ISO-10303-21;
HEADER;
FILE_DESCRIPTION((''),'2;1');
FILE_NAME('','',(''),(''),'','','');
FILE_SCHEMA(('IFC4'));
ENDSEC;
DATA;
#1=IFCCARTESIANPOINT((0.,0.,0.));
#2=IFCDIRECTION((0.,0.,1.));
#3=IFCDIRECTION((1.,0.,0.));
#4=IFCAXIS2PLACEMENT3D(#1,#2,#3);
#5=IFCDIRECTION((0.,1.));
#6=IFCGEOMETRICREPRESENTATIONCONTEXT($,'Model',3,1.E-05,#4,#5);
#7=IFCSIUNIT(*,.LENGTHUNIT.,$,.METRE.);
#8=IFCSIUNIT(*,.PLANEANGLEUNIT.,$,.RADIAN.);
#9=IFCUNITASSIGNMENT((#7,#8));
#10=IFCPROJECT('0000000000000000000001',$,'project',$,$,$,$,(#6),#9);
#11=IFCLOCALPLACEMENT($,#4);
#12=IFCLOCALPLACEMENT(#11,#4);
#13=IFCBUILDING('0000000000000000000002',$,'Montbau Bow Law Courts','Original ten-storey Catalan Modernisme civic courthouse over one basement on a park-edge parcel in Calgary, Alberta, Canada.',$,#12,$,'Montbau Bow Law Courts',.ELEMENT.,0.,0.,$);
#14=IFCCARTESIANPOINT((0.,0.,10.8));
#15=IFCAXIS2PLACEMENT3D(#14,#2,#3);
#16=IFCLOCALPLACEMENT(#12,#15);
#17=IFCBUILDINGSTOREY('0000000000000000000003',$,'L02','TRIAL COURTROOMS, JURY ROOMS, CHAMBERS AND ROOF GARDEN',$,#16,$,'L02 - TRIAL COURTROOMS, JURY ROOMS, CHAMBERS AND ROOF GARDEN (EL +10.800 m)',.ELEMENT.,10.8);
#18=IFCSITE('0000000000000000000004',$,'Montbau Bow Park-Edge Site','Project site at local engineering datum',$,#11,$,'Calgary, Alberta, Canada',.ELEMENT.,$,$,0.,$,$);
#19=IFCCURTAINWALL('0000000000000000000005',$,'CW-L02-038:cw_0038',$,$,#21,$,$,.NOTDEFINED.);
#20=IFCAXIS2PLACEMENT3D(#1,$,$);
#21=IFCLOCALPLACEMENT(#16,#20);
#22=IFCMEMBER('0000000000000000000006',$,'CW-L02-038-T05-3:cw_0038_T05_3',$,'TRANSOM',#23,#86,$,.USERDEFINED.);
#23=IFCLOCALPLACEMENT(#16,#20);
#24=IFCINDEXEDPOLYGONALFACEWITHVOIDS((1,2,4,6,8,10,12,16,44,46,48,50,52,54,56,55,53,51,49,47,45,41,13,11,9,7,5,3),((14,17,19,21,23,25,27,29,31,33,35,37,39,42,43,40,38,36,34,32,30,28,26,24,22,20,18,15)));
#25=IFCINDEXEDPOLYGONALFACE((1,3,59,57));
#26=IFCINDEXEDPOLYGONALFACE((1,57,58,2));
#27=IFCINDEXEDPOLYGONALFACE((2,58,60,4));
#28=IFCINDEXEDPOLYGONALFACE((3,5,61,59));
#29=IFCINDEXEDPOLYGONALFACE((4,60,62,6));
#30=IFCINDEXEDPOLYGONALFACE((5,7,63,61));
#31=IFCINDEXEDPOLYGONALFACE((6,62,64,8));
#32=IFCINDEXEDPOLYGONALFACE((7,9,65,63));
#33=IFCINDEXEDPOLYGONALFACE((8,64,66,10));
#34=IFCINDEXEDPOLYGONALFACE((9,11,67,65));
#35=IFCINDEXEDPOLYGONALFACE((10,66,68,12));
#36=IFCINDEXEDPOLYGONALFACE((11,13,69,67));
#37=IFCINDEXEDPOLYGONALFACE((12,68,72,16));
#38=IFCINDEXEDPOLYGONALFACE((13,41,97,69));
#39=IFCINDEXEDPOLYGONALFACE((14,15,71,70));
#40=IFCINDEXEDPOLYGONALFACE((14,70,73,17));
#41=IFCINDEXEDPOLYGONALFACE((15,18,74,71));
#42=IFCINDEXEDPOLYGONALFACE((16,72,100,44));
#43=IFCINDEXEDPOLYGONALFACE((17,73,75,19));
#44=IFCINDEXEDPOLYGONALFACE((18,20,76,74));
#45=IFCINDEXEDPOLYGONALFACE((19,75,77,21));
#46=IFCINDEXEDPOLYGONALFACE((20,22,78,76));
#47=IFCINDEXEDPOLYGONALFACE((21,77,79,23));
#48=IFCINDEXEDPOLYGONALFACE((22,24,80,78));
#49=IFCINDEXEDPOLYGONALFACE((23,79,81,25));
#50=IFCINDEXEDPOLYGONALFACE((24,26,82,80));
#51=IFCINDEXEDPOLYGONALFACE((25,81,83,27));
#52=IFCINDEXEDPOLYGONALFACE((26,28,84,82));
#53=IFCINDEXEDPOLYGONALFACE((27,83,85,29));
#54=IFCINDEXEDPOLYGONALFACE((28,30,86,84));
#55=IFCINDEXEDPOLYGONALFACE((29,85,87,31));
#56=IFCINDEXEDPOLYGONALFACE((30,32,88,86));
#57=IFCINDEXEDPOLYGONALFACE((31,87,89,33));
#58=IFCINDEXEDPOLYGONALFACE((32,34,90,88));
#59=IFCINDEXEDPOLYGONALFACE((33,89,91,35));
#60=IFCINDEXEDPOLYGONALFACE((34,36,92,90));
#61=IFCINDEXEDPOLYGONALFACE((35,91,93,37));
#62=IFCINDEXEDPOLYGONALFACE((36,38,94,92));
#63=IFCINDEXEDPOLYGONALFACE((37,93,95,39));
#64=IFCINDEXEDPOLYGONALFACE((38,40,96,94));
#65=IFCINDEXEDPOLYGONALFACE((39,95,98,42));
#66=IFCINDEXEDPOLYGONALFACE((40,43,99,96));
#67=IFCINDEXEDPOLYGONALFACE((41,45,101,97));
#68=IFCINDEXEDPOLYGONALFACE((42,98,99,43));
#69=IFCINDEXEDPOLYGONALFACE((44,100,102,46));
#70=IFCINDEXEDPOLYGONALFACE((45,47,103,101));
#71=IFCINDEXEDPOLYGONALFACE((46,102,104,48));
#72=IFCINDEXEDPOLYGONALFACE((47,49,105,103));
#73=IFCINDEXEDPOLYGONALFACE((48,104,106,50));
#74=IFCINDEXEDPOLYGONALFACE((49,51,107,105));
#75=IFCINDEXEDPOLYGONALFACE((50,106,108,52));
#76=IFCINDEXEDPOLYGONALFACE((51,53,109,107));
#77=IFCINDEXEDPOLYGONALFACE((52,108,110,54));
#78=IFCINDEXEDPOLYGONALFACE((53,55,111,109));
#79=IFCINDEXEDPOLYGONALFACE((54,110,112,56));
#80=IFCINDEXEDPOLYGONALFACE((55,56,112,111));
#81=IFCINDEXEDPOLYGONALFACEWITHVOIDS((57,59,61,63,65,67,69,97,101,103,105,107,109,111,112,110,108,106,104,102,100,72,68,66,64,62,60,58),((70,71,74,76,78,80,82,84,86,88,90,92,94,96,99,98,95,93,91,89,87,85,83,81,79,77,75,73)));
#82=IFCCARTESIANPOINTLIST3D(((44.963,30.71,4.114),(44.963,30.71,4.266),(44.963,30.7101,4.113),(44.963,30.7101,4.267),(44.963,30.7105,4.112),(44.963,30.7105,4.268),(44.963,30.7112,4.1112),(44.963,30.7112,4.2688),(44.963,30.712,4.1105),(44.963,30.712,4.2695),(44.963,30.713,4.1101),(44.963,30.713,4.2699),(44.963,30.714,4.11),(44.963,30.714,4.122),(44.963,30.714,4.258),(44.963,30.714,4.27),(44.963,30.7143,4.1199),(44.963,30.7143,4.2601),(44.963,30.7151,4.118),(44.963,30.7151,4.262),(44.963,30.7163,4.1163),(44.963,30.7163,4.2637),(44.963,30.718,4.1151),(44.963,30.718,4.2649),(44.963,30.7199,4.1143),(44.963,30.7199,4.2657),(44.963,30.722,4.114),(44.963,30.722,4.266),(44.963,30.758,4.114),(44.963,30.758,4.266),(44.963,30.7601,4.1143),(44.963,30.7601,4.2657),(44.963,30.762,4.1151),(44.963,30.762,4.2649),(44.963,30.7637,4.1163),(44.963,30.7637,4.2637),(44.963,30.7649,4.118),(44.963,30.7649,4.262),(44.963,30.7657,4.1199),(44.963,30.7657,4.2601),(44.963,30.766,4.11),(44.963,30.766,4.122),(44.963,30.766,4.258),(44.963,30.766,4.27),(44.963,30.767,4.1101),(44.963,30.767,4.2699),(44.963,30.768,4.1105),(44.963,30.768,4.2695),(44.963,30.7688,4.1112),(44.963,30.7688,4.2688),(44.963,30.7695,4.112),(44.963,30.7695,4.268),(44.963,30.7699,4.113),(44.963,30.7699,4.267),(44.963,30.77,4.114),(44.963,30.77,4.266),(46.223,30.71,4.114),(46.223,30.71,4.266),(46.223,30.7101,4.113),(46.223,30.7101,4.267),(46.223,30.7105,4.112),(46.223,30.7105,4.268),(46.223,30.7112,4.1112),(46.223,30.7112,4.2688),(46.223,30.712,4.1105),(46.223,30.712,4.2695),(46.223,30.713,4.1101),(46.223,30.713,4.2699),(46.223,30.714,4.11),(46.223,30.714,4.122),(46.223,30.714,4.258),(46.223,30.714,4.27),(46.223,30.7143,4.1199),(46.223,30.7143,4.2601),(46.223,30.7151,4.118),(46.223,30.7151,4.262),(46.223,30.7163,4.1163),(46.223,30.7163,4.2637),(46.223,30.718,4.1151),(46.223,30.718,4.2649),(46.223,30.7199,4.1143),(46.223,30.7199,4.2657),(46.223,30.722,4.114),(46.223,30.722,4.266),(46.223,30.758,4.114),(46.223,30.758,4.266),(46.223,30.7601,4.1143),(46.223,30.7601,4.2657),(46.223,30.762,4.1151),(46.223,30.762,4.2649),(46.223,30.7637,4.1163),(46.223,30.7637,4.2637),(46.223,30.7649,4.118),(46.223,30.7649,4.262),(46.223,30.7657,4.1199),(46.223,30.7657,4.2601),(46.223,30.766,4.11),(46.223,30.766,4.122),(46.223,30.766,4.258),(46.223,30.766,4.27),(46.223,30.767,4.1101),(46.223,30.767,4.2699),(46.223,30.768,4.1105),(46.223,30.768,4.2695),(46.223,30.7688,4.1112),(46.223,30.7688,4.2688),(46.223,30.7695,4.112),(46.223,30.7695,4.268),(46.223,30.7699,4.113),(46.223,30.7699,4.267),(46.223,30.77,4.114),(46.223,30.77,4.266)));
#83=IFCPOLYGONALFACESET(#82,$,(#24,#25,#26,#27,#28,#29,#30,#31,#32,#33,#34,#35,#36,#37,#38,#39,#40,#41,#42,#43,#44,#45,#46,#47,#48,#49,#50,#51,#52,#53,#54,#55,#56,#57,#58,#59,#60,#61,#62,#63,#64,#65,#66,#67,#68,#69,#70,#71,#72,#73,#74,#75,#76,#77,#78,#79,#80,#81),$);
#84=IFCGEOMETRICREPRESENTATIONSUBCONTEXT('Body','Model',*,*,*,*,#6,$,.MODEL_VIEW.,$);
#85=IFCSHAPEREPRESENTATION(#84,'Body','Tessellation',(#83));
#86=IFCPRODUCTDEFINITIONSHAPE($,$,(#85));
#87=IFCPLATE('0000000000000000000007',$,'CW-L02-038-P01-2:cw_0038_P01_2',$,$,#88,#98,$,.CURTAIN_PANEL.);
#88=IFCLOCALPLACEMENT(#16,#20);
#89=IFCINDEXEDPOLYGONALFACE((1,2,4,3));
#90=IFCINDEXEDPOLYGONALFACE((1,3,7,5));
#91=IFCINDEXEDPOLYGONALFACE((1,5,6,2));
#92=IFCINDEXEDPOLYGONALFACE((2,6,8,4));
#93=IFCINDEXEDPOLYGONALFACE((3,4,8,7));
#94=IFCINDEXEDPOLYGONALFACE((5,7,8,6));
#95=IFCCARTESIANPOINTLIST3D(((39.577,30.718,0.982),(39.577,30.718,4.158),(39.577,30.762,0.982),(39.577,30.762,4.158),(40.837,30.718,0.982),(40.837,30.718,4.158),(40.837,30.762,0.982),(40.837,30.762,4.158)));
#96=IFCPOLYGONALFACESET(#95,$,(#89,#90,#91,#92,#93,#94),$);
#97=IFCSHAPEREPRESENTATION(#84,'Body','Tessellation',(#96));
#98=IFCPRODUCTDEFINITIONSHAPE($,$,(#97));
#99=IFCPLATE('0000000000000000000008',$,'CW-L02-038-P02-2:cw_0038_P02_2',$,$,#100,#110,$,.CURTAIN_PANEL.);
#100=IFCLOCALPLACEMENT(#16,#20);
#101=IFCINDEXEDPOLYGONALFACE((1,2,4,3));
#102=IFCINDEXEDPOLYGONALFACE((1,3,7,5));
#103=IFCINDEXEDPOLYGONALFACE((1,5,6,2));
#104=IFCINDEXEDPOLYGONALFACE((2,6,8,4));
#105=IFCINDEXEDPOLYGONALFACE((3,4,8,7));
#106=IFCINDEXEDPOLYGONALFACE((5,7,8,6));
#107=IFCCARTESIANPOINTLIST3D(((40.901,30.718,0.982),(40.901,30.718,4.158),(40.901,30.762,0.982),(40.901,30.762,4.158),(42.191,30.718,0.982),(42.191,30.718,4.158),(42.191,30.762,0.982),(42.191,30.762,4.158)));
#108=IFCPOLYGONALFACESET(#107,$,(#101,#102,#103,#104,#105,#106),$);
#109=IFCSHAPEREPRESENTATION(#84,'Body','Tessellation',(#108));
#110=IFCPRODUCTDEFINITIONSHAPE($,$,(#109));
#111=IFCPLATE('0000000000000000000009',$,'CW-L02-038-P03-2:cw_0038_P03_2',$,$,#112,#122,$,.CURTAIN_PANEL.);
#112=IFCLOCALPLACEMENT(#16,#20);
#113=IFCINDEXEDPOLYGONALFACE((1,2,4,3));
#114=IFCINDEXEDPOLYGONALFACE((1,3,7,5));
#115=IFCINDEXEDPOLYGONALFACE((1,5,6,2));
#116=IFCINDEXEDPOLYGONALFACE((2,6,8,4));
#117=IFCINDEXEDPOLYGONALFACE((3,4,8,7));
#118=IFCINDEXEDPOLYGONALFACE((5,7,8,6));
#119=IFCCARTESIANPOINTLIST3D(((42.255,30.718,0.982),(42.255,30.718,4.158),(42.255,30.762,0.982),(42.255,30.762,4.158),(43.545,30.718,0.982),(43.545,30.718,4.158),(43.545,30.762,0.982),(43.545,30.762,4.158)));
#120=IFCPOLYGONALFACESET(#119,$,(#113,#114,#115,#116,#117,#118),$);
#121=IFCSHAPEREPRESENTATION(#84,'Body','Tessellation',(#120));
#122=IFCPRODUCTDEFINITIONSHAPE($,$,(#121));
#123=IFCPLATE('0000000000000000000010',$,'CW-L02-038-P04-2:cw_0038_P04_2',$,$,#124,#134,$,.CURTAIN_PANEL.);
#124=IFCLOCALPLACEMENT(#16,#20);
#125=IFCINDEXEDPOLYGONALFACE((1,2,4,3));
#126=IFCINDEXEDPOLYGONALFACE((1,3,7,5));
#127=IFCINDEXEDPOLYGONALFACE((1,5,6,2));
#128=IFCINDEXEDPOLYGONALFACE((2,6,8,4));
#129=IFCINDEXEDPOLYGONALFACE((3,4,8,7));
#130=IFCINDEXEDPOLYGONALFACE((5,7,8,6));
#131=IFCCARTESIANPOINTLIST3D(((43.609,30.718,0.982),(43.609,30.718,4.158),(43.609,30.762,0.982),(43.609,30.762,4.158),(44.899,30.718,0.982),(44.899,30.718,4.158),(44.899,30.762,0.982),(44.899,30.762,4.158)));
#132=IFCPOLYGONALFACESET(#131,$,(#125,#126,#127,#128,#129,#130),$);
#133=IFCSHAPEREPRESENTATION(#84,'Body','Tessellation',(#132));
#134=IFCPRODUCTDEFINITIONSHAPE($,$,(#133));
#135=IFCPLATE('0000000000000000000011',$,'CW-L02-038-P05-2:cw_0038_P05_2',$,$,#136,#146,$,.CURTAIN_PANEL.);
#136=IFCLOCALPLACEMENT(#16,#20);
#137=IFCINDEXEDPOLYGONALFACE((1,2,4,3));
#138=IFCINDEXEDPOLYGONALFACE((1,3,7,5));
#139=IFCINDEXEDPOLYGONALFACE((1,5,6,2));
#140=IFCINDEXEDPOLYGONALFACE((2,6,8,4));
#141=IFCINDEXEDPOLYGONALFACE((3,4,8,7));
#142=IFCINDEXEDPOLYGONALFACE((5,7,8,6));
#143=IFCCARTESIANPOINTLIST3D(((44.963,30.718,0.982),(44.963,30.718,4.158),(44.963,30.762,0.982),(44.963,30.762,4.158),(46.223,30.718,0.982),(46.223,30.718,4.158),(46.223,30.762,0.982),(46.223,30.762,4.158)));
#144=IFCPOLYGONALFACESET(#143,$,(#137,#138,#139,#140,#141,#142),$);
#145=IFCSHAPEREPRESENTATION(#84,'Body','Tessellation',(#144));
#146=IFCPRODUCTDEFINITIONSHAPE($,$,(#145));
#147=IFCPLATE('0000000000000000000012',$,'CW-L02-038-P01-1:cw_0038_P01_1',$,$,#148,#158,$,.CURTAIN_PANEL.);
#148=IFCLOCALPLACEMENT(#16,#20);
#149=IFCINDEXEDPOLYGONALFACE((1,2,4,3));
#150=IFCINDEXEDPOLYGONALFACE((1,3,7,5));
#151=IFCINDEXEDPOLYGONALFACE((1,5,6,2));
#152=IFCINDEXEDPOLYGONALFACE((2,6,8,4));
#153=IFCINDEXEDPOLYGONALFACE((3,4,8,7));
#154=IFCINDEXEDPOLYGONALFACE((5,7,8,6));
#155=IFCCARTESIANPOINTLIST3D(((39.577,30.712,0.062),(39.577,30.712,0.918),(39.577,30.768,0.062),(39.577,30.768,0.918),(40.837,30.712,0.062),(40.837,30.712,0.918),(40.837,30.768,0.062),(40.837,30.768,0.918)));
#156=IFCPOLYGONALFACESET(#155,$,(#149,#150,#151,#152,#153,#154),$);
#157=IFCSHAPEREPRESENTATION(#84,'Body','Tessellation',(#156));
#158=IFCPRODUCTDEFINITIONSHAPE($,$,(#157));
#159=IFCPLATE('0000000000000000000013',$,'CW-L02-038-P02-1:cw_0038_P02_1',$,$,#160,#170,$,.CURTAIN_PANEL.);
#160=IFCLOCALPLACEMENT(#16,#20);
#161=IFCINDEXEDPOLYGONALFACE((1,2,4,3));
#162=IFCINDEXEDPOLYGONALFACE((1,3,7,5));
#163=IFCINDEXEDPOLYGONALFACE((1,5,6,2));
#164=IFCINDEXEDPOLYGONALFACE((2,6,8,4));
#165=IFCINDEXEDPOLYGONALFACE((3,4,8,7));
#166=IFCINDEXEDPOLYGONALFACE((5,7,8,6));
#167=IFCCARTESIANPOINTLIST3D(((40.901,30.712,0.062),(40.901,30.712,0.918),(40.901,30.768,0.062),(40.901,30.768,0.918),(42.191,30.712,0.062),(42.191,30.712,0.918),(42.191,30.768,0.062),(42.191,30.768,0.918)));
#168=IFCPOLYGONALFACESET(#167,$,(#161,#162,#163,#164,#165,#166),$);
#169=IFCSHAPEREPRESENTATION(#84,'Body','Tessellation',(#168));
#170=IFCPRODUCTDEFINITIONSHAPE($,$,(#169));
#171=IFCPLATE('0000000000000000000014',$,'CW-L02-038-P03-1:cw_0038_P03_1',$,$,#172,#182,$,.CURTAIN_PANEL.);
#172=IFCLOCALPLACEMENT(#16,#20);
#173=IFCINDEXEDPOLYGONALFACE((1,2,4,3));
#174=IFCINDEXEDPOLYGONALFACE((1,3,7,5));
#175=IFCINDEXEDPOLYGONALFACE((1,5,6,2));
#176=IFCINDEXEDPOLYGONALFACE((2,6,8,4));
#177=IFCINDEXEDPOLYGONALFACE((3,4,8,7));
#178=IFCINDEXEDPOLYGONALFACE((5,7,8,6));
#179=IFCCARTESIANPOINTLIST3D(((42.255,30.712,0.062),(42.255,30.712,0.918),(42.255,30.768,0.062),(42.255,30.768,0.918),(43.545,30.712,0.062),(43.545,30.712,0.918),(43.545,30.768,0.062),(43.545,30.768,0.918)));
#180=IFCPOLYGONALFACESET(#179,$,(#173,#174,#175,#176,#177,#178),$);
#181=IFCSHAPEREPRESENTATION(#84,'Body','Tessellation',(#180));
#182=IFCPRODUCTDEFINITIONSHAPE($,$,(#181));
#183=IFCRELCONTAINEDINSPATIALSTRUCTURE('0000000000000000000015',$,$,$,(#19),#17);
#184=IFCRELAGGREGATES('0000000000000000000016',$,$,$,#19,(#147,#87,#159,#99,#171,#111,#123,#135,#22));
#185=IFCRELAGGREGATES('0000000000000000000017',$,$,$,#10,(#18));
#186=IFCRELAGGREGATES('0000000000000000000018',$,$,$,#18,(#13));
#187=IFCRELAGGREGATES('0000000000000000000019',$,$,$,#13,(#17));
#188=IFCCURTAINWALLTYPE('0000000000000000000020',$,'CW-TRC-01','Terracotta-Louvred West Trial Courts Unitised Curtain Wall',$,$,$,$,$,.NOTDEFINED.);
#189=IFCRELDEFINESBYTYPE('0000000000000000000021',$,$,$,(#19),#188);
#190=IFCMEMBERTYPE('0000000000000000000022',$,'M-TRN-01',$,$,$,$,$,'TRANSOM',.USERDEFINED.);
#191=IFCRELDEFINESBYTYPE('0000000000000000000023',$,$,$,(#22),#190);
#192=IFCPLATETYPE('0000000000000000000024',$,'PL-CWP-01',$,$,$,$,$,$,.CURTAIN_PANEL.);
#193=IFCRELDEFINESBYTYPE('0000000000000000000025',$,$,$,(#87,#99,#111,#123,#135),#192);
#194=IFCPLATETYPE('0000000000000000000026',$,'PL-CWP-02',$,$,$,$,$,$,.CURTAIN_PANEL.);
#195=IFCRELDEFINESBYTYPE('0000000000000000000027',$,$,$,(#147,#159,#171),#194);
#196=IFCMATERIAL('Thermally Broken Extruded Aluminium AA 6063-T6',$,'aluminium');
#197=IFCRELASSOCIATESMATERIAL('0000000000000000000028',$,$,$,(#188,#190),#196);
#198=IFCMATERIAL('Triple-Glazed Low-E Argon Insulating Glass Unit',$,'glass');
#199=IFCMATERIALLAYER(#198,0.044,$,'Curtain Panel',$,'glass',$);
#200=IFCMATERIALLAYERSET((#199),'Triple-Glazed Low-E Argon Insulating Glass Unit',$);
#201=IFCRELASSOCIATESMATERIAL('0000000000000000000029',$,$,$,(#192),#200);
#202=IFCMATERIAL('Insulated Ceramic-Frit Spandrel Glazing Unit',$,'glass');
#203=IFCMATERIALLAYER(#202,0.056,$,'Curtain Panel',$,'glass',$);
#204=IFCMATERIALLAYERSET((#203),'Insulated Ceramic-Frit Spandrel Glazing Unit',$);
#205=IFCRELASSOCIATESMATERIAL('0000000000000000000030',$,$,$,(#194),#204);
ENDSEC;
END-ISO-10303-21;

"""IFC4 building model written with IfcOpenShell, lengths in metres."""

from ifc_helpers import new_model, si_unit, direction, frame, frame_2d, origin_with_axes, origin_2d_with_axis, place, context, subcontext, project, spatial, rectangle, hollow_rectangle, extrude, material, layer, layer_set, material_profile, profile_set, type_object, element, aggregate, save


model = new_model("IFC4")

# Units and contexts
model_context = context("Model", 3, precision=1e-05, world=origin_with_axes(), true_north=direction((0.0, 1.0)))
body_context = subcontext(model_context, "Body", "Model", "MODEL_VIEW")
ifc_project = project(units=[si_unit("LENGTHUNIT", "METRE"), si_unit("PLANEANGLEUNIT", "RADIAN")], contexts=[model_context])

# Site, building, storey
site_placement = place(None, origin_with_axes())
site = spatial("IfcSite", under=ifc_project, at=site_placement, Name="Montbau Bow Park-Edge Site", Description="Project site at local engineering datum", LongName="Calgary, Alberta, Canada", CompositionType="ELEMENT", RefElevation=0.0)
building_placement = place(site_placement, origin_with_axes())
building = spatial("IfcBuilding", under=site, at=building_placement, Name="Montbau Bow Law Courts", Description="Original ten-storey Catalan Modernisme civic courthouse over one basement on a park-edge parcel in Calgary, Alberta, Canada.", LongName="Montbau Bow Law Courts", CompositionType="ELEMENT", ElevationOfRefHeight=0.0, ElevationOfTerrain=0.0)
storey_placement = place(building_placement, frame((0.0, 0.0, 10.8), z_axis=(0.0, 0.0, 1.0), x_axis=(1.0, 0.0, 0.0)))
storey = spatial("IfcBuildingStorey", under=building, at=storey_placement, Name="L02", Description="TRIAL COURTROOMS, JURY ROOMS, CHAMBERS AND ROOF GARDEN", LongName="L02 - TRIAL COURTROOMS, JURY ROOMS, CHAMBERS AND ROOF GARDEN (EL +10.800 m)", CompositionType="ELEMENT", Elevation=10.8)

# Curtain wall, member, plates
ifc_material_1 = material(Name="Thermally Broken Extruded Aluminium AA 6063-T6", Category="aluminium")
curtain_wall_type = type_object("IfcCurtainWallType", Name="CW-TRC-01", Description="Terracotta-Louvred West Trial Courts Unitised Curtain Wall", PredefinedType="NOTDEFINED", material=ifc_material_1)
curtain_wall_placement = place(None, frame((39.515, 30.74, 10.8), z_axis=(0.0, 0.0, 1.0), x_axis=(1.0, 0.0, 0.0)))
curtain_wall = element("IfcCurtainWall", 1, at=curtain_wall_placement, inside=storey, type_object=curtain_wall_type, Name="CW-L02-038:cw_0038", PredefinedType="NOTDEFINED")
ifc_material_profile_1 = material_profile(ifc_material_1, hollow_rectangle(XDim=0.06, YDim=0.16, WallThickness=0.004, InnerFilletRadius=0.008, OuterFilletRadius=0.004, at=origin_2d_with_axis()), Name="CWT-160X60", Category="Main", Priority=0)
ifc_profile_set_1 = profile_set([ifc_material_profile_1], Name="Thermally Broken Extruded Aluminium AA 6063-T6")
member_type_1 = type_object("IfcMemberType", Name="M-TRN-01", ElementType="TRANSOM", PredefinedType="USERDEFINED", material=ifc_profile_set_1)
member_1_placement = place(None, frame((44.963, 30.74, 14.99), z_axis=(1.0, 0.0, 0.0), x_axis=(0.0, 1.0, 0.0)))
member_1 = element("IfcMember", 2, at=member_1_placement, type_object=member_type_1, Name="CW-L02-038-T05-3:cw_0038_T05_3", ObjectType="TRANSOM", PredefinedType="USERDEFINED", context=body_context, shape_type="SweptSolid", body=[
    extrude(hollow_rectangle(XDim=0.06, YDim=0.16, WallThickness=0.004, InnerFilletRadius=0.008, OuterFilletRadius=0.004, at=origin_2d_with_axis()), origin_with_axes(), (0.0, 0.0, 1.0), 1.26),
])
ifc_material_2 = material(Name="Triple-Glazed Low-E Argon Insulating Glass Unit", Category="glass")
ifc_layer_1 = layer(ifc_material_2, 0.044, Name="Curtain Panel", Category="glass")
ifc_layer_set_1 = layer_set([ifc_layer_1], Name="Triple-Glazed Low-E Argon Insulating Glass Unit")
plate_type_1 = type_object("IfcPlateType", Name="PL-CWP-01", PredefinedType="CURTAIN_PANEL", material=ifc_layer_set_1)
plate_1_placement = place(None, frame((39.577, 30.74, 11.782), z_axis=(0.0, -1.0, 0.0), x_axis=(1.0, 0.0, 0.0)))
plate_1 = element("IfcPlate", 3, at=plate_1_placement, type_object=plate_type_1, Name="CW-L02-038-P01-2:cw_0038_P01_2", PredefinedType="CURTAIN_PANEL", context=body_context, shape_type="SweptSolid", body=[
    extrude(rectangle(XDim=1.26, YDim=3.176, at=frame_2d((0.63, 1.588), x_axis=(1.0, 0.0))), frame((0.0, 0.0, -0.022), z_axis=(0.0, 0.0, 1.0), x_axis=(1.0, 0.0, 0.0)), (0.0, 0.0, 1.0), 0.044),
])
plate_2_placement = place(None, frame((40.901, 30.74, 11.782), z_axis=(0.0, -1.0, 0.0), x_axis=(1.0, 0.0, 0.0)))
plate_2 = element("IfcPlate", 4, at=plate_2_placement, type_object=plate_type_1, Name="CW-L02-038-P02-2:cw_0038_P02_2", PredefinedType="CURTAIN_PANEL", context=body_context, shape_type="SweptSolid", body=[
    extrude(rectangle(XDim=1.29, YDim=3.176, at=frame_2d((0.645, 1.588), x_axis=(1.0, 0.0))), frame((0.0, 0.0, -0.022), z_axis=(0.0, 0.0, 1.0), x_axis=(1.0, 0.0, 0.0)), (0.0, 0.0, 1.0), 0.044),
])
plate_3_placement = place(None, frame((42.255, 30.74, 11.782), z_axis=(0.0, -1.0, 0.0), x_axis=(1.0, 0.0, 0.0)))
plate_3 = element("IfcPlate", 5, at=plate_3_placement, type_object=plate_type_1, Name="CW-L02-038-P03-2:cw_0038_P03_2", PredefinedType="CURTAIN_PANEL", context=body_context, shape_type="SweptSolid", body=[
    extrude(rectangle(XDim=1.29, YDim=3.176, at=frame_2d((0.645, 1.588), x_axis=(1.0, 0.0))), frame((0.0, 0.0, -0.022), z_axis=(0.0, 0.0, 1.0), x_axis=(1.0, 0.0, 0.0)), (0.0, 0.0, 1.0), 0.044),
])
plate_4_placement = place(None, frame((43.609, 30.74, 11.782), z_axis=(0.0, -1.0, 0.0), x_axis=(1.0, 0.0, 0.0)))
plate_4 = element("IfcPlate", 6, at=plate_4_placement, type_object=plate_type_1, Name="CW-L02-038-P04-2:cw_0038_P04_2", PredefinedType="CURTAIN_PANEL", context=body_context, shape_type="SweptSolid", body=[
    extrude(rectangle(XDim=1.29, YDim=3.176, at=frame_2d((0.645, 1.588), x_axis=(1.0, 0.0))), frame((0.0, 0.0, -0.022), z_axis=(0.0, 0.0, 1.0), x_axis=(1.0, 0.0, 0.0)), (0.0, 0.0, 1.0), 0.044),
])
plate_5_placement = place(None, frame((44.963, 30.74, 11.782), z_axis=(0.0, -1.0, 0.0), x_axis=(1.0, 0.0, 0.0)))
plate_5 = element("IfcPlate", 7, at=plate_5_placement, type_object=plate_type_1, Name="CW-L02-038-P05-2:cw_0038_P05_2", PredefinedType="CURTAIN_PANEL", context=body_context, shape_type="SweptSolid", body=[
    extrude(rectangle(XDim=1.26, YDim=3.176, at=frame_2d((0.63, 1.588), x_axis=(1.0, 0.0))), frame((0.0, 0.0, -0.022), z_axis=(0.0, 0.0, 1.0), x_axis=(1.0, 0.0, 0.0)), (0.0, 0.0, 1.0), 0.044),
])
ifc_material_3 = material(Name="Insulated Ceramic-Frit Spandrel Glazing Unit", Category="glass")
ifc_layer_2 = layer(ifc_material_3, 0.056, Name="Curtain Panel", Category="glass")
ifc_layer_set_2 = layer_set([ifc_layer_2], Name="Insulated Ceramic-Frit Spandrel Glazing Unit")
plate_type_2 = type_object("IfcPlateType", Name="PL-CWP-02", PredefinedType="CURTAIN_PANEL", material=ifc_layer_set_2)
plate_6_placement = place(None, frame((39.577, 30.74, 10.862), z_axis=(0.0, -1.0, 0.0), x_axis=(1.0, 0.0, 0.0)))
plate_6 = element("IfcPlate", 8, at=plate_6_placement, type_object=plate_type_2, Name="CW-L02-038-P01-1:cw_0038_P01_1", PredefinedType="CURTAIN_PANEL", context=body_context, shape_type="SweptSolid", body=[
    extrude(rectangle(XDim=1.26, YDim=0.856, at=frame_2d((0.63, 0.428), x_axis=(1.0, 0.0))), frame((0.0, 0.0, -0.028), z_axis=(0.0, 0.0, 1.0), x_axis=(1.0, 0.0, 0.0)), (0.0, 0.0, 1.0), 0.056),
])
plate_7_placement = place(None, frame((40.901, 30.74, 10.862), z_axis=(0.0, -1.0, 0.0), x_axis=(1.0, 0.0, 0.0)))
plate_7 = element("IfcPlate", 9, at=plate_7_placement, type_object=plate_type_2, Name="CW-L02-038-P02-1:cw_0038_P02_1", PredefinedType="CURTAIN_PANEL", context=body_context, shape_type="SweptSolid", body=[
    extrude(rectangle(XDim=1.29, YDim=0.856, at=frame_2d((0.645, 0.428), x_axis=(1.0, 0.0))), frame((0.0, 0.0, -0.028), z_axis=(0.0, 0.0, 1.0), x_axis=(1.0, 0.0, 0.0)), (0.0, 0.0, 1.0), 0.056),
])
plate_8_placement = place(None, frame((42.255, 30.74, 10.862), z_axis=(0.0, -1.0, 0.0), x_axis=(1.0, 0.0, 0.0)))
plate_8 = element("IfcPlate", 10, at=plate_8_placement, type_object=plate_type_2, Name="CW-L02-038-P03-1:cw_0038_P03_1", PredefinedType="CURTAIN_PANEL", context=body_context, shape_type="SweptSolid", body=[
    extrude(rectangle(XDim=1.29, YDim=0.856, at=frame_2d((0.645, 0.428), x_axis=(1.0, 0.0))), frame((0.0, 0.0, -0.028), z_axis=(0.0, 0.0, 1.0), x_axis=(1.0, 0.0, 0.0)), (0.0, 0.0, 1.0), 0.056),
])
aggregate(curtain_wall, [plate_6, plate_1, plate_7, plate_2, plate_8, plate_3, plate_4, plate_5, member_1])

save(model, "model.ifc")
